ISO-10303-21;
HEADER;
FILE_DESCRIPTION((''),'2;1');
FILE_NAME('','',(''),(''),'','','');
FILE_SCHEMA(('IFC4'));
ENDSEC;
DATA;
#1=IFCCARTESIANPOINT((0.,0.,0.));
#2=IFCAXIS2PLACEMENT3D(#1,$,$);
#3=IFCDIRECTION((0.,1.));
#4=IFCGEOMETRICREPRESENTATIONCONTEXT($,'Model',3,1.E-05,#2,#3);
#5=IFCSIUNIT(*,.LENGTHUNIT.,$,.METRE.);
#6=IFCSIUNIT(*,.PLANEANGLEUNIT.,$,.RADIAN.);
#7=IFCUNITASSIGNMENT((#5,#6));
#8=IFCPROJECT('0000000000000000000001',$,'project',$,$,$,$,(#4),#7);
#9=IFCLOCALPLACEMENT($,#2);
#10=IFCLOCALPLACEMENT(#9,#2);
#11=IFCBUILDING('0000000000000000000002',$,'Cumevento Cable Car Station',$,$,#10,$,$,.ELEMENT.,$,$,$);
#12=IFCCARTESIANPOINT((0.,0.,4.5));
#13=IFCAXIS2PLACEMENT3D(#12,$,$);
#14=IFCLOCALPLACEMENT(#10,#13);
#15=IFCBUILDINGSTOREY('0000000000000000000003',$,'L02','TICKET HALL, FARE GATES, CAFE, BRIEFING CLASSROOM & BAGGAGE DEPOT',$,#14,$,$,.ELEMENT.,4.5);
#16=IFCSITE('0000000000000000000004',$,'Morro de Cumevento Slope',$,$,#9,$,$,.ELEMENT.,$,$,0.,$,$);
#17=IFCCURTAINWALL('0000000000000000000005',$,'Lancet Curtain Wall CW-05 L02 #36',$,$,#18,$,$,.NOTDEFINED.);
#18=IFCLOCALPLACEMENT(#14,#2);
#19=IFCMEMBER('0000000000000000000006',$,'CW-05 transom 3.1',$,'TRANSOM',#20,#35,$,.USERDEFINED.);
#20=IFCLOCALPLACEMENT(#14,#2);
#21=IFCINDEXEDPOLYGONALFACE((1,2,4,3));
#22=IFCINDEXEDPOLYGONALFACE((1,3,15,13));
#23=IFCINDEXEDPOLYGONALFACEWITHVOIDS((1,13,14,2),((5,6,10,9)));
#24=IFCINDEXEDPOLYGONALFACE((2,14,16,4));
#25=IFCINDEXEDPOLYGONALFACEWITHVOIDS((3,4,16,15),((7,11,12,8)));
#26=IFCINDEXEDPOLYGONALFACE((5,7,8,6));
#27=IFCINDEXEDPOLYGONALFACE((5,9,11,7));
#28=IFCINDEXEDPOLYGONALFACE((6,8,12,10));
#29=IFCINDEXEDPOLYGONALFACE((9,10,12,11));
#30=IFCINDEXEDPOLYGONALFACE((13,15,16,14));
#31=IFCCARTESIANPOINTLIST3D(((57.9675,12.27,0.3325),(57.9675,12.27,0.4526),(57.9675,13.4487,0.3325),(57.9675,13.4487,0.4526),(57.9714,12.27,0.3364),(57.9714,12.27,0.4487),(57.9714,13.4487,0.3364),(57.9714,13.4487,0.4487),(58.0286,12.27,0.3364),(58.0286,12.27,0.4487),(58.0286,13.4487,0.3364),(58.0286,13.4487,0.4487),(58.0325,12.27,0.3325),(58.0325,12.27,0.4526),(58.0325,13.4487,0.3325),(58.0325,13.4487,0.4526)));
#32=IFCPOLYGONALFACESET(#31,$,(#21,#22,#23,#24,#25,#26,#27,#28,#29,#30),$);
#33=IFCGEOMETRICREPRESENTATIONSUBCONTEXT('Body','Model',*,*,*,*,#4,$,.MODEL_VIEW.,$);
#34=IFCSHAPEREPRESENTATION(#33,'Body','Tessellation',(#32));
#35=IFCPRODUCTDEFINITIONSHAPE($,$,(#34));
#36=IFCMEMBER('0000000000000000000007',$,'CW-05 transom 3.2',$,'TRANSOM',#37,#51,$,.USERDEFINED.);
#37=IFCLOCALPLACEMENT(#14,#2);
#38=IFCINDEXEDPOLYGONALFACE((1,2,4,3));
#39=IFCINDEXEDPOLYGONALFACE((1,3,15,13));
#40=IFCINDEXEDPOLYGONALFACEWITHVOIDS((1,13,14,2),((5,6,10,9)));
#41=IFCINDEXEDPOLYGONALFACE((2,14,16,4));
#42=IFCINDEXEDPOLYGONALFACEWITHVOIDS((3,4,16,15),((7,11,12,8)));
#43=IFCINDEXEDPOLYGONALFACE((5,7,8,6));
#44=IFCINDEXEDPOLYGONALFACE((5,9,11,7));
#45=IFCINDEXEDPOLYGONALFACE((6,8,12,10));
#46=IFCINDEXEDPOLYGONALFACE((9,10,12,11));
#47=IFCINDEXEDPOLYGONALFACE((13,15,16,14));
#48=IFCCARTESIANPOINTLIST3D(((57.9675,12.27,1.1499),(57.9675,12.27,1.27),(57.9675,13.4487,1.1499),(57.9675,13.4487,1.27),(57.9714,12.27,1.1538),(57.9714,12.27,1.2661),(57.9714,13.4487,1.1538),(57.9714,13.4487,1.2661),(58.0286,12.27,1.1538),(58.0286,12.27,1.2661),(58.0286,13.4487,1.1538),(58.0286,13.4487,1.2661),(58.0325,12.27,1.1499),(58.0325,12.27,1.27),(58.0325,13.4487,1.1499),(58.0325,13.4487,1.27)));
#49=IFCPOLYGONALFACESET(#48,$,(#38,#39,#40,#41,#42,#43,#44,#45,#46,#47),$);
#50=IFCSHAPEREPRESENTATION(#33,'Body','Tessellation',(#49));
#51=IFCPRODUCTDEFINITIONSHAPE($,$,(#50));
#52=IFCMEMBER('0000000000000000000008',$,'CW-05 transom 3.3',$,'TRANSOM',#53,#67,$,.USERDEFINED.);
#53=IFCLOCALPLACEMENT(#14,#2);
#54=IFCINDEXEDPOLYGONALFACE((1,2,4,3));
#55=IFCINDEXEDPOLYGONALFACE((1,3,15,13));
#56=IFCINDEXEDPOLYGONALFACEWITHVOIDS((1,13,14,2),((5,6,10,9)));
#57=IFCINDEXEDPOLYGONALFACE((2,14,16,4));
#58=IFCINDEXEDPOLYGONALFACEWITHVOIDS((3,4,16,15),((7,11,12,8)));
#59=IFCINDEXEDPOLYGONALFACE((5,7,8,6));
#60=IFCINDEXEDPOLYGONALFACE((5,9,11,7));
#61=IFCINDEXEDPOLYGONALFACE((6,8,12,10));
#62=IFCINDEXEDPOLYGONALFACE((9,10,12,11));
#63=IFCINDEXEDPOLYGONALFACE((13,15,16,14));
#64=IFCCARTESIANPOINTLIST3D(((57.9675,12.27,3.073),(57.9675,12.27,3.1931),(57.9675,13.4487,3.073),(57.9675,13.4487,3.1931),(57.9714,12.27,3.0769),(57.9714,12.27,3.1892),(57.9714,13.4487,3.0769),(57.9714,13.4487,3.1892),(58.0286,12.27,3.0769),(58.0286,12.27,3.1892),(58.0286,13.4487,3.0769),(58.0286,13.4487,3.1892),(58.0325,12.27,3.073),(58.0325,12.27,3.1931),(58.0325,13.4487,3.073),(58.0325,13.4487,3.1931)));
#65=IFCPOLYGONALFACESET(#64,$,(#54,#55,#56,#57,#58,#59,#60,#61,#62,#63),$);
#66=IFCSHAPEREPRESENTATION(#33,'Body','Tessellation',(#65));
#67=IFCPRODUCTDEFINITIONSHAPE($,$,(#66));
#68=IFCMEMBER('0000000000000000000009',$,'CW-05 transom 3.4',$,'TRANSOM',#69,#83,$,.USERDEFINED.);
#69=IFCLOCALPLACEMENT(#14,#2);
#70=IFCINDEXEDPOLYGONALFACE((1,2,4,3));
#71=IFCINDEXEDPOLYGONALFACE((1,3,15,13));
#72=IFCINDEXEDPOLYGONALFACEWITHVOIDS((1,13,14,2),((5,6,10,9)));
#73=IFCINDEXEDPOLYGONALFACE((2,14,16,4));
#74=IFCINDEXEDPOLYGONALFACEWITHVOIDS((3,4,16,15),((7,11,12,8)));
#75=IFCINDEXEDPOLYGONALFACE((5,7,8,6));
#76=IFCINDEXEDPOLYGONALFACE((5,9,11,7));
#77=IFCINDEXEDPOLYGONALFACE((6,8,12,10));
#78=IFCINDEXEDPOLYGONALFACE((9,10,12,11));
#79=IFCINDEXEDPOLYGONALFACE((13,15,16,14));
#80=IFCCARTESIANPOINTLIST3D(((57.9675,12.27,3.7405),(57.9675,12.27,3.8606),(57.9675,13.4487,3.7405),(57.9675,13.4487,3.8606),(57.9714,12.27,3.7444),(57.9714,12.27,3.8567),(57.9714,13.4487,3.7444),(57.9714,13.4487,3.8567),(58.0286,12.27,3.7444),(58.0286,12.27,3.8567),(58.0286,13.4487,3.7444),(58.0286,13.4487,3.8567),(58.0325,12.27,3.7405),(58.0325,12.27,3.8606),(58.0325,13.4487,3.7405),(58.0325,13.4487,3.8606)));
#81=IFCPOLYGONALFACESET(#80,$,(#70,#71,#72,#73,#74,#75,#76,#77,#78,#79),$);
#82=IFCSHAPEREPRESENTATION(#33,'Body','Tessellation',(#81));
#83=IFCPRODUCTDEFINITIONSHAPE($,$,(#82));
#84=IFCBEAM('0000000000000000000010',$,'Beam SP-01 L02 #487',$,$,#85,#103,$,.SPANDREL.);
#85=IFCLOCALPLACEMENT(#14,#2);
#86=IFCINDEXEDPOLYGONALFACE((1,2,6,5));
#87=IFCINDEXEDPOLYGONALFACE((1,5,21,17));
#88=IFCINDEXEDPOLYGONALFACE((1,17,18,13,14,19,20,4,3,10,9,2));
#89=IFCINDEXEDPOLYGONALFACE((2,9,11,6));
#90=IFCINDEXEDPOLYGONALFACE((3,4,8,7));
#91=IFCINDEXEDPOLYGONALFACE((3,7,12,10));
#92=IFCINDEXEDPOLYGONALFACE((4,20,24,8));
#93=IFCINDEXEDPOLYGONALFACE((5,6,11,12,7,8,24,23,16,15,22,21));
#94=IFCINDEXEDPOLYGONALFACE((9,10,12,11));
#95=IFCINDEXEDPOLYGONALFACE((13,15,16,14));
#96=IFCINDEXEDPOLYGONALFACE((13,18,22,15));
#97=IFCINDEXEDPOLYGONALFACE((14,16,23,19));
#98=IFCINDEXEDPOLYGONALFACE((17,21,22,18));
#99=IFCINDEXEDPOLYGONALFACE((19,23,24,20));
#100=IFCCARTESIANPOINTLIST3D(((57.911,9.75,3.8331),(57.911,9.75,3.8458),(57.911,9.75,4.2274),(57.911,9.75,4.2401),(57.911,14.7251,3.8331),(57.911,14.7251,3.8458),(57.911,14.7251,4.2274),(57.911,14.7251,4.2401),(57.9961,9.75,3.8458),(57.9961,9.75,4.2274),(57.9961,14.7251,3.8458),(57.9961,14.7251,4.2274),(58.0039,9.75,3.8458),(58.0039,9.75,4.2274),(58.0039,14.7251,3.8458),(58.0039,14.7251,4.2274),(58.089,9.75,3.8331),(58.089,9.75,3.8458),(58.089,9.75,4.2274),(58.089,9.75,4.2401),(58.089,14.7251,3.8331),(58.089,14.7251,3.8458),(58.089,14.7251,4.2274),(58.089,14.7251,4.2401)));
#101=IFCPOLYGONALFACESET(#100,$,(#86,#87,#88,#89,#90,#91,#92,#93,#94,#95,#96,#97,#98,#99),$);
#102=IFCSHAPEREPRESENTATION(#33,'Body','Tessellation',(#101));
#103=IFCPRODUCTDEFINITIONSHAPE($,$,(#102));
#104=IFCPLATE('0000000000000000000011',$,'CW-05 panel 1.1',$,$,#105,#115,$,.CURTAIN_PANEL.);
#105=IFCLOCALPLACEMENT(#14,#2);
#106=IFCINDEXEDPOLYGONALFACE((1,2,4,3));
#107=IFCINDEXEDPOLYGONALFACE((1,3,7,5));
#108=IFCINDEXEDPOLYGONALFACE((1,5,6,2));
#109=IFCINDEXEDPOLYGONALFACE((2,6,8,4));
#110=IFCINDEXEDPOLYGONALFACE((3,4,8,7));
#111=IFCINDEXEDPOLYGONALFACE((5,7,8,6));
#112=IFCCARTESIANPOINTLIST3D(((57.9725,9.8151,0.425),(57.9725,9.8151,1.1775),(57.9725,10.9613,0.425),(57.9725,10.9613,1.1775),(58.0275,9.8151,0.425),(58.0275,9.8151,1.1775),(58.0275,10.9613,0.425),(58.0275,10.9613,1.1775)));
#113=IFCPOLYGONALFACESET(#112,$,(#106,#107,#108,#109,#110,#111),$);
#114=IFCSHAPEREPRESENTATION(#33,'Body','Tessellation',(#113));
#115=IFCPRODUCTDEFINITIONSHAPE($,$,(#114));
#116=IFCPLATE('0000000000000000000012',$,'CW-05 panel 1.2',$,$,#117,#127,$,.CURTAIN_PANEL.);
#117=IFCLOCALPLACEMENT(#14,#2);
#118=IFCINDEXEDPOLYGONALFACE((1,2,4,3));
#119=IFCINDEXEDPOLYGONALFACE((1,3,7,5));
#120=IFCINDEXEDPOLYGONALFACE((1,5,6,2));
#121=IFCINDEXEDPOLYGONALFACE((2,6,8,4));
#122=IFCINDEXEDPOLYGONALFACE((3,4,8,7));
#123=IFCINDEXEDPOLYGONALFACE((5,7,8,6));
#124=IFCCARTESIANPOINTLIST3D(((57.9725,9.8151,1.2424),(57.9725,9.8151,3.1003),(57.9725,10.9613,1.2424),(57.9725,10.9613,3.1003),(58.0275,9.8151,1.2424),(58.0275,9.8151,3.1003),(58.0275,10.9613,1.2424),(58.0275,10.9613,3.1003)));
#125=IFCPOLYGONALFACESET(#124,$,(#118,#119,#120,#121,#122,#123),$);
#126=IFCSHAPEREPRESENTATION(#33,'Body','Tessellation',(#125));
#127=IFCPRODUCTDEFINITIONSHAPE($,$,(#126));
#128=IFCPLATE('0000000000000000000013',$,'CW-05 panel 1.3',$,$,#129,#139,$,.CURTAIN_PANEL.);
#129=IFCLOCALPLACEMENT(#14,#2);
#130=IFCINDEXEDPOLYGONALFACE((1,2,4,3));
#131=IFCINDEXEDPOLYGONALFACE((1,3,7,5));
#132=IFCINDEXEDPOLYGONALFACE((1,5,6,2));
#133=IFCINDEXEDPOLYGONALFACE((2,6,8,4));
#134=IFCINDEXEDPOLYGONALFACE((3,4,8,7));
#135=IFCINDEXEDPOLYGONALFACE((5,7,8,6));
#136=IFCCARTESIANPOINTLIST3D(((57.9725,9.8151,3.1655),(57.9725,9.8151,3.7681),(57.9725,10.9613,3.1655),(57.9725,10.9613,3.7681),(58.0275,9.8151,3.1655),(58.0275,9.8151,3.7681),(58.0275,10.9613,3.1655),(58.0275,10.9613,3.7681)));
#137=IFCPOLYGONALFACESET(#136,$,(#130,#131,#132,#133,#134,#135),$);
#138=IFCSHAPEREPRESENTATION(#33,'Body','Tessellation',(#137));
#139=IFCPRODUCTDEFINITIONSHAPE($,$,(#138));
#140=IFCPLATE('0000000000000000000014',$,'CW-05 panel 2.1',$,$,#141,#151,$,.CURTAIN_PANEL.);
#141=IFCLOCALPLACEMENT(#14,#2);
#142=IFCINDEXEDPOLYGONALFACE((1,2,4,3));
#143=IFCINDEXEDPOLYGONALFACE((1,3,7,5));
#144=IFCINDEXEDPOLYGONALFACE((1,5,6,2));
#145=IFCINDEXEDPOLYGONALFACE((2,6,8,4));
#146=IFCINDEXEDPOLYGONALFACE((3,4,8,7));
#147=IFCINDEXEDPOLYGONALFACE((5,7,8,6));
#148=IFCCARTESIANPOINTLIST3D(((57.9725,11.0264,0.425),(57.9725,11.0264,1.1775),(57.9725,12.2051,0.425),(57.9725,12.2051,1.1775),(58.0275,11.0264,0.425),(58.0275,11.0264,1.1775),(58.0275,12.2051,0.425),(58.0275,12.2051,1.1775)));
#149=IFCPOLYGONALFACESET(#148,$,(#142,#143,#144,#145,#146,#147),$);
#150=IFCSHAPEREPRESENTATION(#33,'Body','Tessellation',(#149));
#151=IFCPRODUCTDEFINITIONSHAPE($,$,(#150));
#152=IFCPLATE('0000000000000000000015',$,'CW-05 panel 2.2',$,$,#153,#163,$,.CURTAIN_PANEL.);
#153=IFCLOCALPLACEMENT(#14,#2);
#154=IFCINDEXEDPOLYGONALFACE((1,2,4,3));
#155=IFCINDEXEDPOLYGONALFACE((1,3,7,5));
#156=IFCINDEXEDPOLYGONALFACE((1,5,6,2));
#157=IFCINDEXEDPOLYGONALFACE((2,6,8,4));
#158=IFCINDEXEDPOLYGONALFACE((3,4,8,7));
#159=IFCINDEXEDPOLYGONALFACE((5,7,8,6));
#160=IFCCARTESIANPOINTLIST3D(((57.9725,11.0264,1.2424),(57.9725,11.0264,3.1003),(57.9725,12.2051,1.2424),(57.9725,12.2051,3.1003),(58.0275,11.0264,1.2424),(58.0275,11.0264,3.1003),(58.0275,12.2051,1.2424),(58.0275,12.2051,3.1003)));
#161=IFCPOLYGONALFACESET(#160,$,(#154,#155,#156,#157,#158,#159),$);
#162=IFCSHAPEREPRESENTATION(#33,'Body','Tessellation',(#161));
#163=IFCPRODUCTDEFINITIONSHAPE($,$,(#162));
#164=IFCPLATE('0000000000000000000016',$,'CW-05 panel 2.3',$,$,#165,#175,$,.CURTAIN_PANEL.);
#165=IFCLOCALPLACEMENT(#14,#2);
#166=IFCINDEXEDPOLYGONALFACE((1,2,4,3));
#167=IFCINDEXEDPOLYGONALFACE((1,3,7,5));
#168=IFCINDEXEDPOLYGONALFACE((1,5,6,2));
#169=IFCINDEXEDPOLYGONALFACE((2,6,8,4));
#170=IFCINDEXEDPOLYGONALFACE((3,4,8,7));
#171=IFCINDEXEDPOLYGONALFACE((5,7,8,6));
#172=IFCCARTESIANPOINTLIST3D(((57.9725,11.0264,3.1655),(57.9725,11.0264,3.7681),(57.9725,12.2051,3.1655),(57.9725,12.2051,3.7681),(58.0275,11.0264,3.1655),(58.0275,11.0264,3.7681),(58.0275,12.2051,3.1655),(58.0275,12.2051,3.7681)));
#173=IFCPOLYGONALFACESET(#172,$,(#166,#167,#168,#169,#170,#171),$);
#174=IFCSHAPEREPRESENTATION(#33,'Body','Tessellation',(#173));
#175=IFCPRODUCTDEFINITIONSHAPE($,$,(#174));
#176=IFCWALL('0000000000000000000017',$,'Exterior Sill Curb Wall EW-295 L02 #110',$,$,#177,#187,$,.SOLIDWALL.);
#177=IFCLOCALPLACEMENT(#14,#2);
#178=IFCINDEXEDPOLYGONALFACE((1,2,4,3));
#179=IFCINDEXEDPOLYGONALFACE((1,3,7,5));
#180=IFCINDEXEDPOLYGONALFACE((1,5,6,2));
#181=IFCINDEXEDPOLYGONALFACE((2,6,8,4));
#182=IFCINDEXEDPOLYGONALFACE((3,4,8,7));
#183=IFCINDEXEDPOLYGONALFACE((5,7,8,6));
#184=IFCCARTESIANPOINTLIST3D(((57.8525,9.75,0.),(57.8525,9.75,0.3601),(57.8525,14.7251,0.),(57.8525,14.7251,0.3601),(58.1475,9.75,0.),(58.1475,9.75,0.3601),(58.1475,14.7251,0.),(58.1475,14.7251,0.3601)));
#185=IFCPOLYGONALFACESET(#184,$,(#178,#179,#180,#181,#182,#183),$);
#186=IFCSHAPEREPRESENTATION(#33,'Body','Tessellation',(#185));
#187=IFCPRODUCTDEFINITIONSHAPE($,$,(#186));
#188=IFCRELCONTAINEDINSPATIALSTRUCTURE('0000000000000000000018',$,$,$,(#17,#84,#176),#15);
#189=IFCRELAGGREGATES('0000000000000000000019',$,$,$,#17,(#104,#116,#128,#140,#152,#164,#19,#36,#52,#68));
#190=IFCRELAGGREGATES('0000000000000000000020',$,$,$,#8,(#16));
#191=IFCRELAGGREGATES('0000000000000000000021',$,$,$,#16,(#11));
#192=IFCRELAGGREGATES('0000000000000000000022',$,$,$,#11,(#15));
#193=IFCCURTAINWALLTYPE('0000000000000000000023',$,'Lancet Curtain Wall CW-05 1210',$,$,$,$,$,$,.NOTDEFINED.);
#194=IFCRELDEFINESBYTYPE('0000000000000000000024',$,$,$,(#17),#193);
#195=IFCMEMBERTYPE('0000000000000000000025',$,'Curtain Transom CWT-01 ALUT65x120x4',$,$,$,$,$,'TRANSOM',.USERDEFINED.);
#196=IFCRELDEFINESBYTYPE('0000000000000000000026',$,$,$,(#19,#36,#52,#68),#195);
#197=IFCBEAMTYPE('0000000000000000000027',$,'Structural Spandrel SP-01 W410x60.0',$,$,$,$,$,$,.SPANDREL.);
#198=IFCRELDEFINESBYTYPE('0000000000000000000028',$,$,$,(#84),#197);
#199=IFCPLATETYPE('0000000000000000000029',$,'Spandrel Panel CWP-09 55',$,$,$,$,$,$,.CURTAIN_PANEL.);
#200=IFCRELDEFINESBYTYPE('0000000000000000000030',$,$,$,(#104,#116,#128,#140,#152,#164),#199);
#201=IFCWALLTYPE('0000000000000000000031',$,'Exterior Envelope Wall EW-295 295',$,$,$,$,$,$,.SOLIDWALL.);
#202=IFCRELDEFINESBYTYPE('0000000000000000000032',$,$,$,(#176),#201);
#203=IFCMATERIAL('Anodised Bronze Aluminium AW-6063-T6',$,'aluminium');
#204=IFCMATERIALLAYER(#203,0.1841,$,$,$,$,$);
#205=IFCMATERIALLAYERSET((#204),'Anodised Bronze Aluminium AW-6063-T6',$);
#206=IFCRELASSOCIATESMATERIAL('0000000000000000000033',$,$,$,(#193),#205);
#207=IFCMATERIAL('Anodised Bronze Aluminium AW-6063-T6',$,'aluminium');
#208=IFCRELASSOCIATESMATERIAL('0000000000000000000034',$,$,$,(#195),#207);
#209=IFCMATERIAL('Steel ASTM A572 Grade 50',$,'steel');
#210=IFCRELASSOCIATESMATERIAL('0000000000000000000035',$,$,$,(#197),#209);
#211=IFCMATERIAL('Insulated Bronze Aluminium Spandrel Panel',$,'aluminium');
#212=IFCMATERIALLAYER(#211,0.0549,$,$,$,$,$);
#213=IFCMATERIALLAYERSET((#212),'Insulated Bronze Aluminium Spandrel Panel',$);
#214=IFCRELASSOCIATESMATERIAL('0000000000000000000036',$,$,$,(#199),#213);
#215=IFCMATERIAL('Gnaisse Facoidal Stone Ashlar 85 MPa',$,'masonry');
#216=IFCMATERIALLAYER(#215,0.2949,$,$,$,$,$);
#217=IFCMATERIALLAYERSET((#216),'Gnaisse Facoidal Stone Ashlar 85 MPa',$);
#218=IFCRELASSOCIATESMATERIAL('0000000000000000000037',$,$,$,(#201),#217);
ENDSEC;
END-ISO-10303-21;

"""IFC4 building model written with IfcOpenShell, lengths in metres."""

from ifc_helpers import new_model, si_unit, direction, frame, frame_2d, origin, origin_2d, place, context, subcontext, project, spatial, rectangle, hollow_rectangle, i_section, extrude, material, layer, layer_set, material_profile, profile_set, type_object, element, aggregate, save


model = new_model("IFC4")

# Units and contexts
model_context = context("Model", 3, precision=1e-05, world=origin(), true_north=direction((0.0, 1.0)))
body_context = subcontext(model_context, "Body", "Model", "MODEL_VIEW")
ifc_project = project(units=[si_unit("LENGTHUNIT", "METRE"), si_unit("PLANEANGLEUNIT", "RADIAN")], contexts=[model_context])

# Site, building, storey
site_placement = place(None, origin())
site = spatial("IfcSite", under=ifc_project, at=site_placement, Name="Morro de Cumevento Slope", CompositionType="ELEMENT", RefElevation=0.0)
building_placement = place(site_placement, origin())
building = spatial("IfcBuilding", under=site, at=building_placement, Name="Cumevento Cable Car Station", CompositionType="ELEMENT")
storey_placement = place(building_placement, frame((0.0, 0.0, 4.5)))
storey = spatial("IfcBuildingStorey", under=building, at=storey_placement, Name="L02", Description="TICKET HALL, FARE GATES, CAFE, BRIEFING CLASSROOM & BAGGAGE DEPOT", CompositionType="ELEMENT", Elevation=4.5)

# Curtain wall, members
ifc_material_1 = material(Name="Anodised Bronze Aluminium AW-6063-T6", Category="aluminium")
ifc_layer_1 = layer(ifc_material_1, 0.1841)
ifc_layer_set_1 = layer_set([ifc_layer_1], Name="Anodised Bronze Aluminium AW-6063-T6")
curtain_wall_type = type_object("IfcCurtainWallType", Name="Lancet Curtain Wall CW-05 1210", PredefinedType="NOTDEFINED", material=ifc_layer_set_1)
curtain_wall_placement = place(storey_placement, origin())
curtain_wall = element("IfcCurtainWall", 1, at=curtain_wall_placement, inside=storey, type_object=curtain_wall_type, Name="Lancet Curtain Wall CW-05 L02 #36", PredefinedType="NOTDEFINED")
ifc_material_2 = material(Name="Anodised Bronze Aluminium AW-6063-T6", Category="aluminium")
ifc_material_profile_1 = material_profile(ifc_material_2, hollow_rectangle(XDim=0.0649, YDim=0.1201, WallThickness=0.0039, at=origin_2d()), Name="ALUT65x120x4")
ifc_profile_set_1 = profile_set([ifc_material_profile_1], Name="Anodised Bronze Aluminium AW-6063-T6")
member_type_1 = type_object("IfcMemberType", Name="Curtain Transom CWT-01 ALUT65x120x4", ElementType="TRANSOM", PredefinedType="USERDEFINED", material=ifc_profile_set_1)
member_1_placement = place(storey_placement, frame((58.0, 12.27, 0.3926), z_axis=(0.0, 1.0, 0.0), x_axis=(-1.0, 0.0, 0.0)))
member_1 = element("IfcMember", 2, at=member_1_placement, type_object=member_type_1, Name="CW-05 transom 3.1", ObjectType="TRANSOM", PredefinedType="USERDEFINED", context=body_context, shape_type="SweptSolid", body=[
    extrude(hollow_rectangle(XDim=0.0649, YDim=0.1201, WallThickness=0.0039, at=origin_2d()), origin(), (0.0, 0.0, 1.0), 1.1787),
])
member_2_placement = place(storey_placement, frame((58.0, 12.27, 1.21), z_axis=(0.0, 1.0, 0.0), x_axis=(-1.0, 0.0, 0.0)))
member_2 = element("IfcMember", 3, at=member_2_placement, type_object=member_type_1, Name="CW-05 transom 3.2", ObjectType="TRANSOM", PredefinedType="USERDEFINED", context=body_context, shape_type="SweptSolid", body=[
    extrude(hollow_rectangle(XDim=0.0649, YDim=0.1201, WallThickness=0.0039, at=origin_2d()), origin(), (0.0, 0.0, 1.0), 1.1787),
])
member_3_placement = place(storey_placement, frame((58.0, 12.27, 3.1331), z_axis=(0.0, 1.0, 0.0), x_axis=(-1.0, 0.0, 0.0)))
member_3 = element("IfcMember", 4, at=member_3_placement, type_object=member_type_1, Name="CW-05 transom 3.3", ObjectType="TRANSOM", PredefinedType="USERDEFINED", context=body_context, shape_type="SweptSolid", body=[
    extrude(hollow_rectangle(XDim=0.0649, YDim=0.1201, WallThickness=0.0039, at=origin_2d()), origin(), (0.0, 0.0, 1.0), 1.1787),
])
member_4_placement = place(storey_placement, frame((58.0, 12.27, 3.8005), z_axis=(0.0, 1.0, 0.0), x_axis=(-1.0, 0.0, 0.0)))
member_4 = element("IfcMember", 5, at=member_4_placement, type_object=member_type_1, Name="CW-05 transom 3.4", ObjectType="TRANSOM", PredefinedType="USERDEFINED", context=body_context, shape_type="SweptSolid", body=[
    extrude(hollow_rectangle(XDim=0.0649, YDim=0.1201, WallThickness=0.0039, at=origin_2d()), origin(), (0.0, 0.0, 1.0), 1.1787),
])

# Beam
ifc_material_3 = material(Name="Steel ASTM A572 Grade 50", Category="steel")
ifc_material_profile_2 = material_profile(ifc_material_3, i_section(OverallWidth=0.178, OverallDepth=0.407, WebThickness=0.0078, FlangeThickness=0.0127, at=origin_2d()), Name="W410x60.0")
ifc_profile_set_2 = profile_set([ifc_material_profile_2], Name="Steel ASTM A572 Grade 50")
beam_type = type_object("IfcBeamType", Name="Structural Spandrel SP-01 W410x60.0", PredefinedType="SPANDREL", material=ifc_profile_set_2)
beam_placement = place(storey_placement, frame((58.0, 9.75, 4.0366), z_axis=(0.0, 1.0, 0.0), x_axis=(-1.0, 0.0, 0.0)))
element("IfcBeam", 6, at=beam_placement, inside=storey, type_object=beam_type, Name="Beam SP-01 L02 #487", PredefinedType="SPANDREL", context=body_context, shape_type="SweptSolid", body=[
    extrude(i_section(OverallWidth=0.178, OverallDepth=0.407, WebThickness=0.0078, FlangeThickness=0.0127, at=origin_2d()), origin(), (0.0, 0.0, 1.0), 4.9751),
])

# Plates
ifc_material_4 = material(Name="Insulated Bronze Aluminium Spandrel Panel", Category="aluminium")
ifc_layer_2 = layer(ifc_material_4, 0.0549)
ifc_layer_set_2 = layer_set([ifc_layer_2], Name="Insulated Bronze Aluminium Spandrel Panel")
plate_type = type_object("IfcPlateType", Name="Spandrel Panel CWP-09 55", PredefinedType="CURTAIN_PANEL", material=ifc_layer_set_2)
plate_1_placement = place(storey_placement, frame((58.0, 10.3882, 0.425), z_axis=(0.0, 0.0, 1.0), x_axis=(0.0, 1.0, 0.0)))
plate_1 = element("IfcPlate", 7, at=plate_1_placement, type_object=plate_type, Name="CW-05 panel 1.1", PredefinedType="CURTAIN_PANEL", context=body_context, shape_type="SweptSolid", body=[
    extrude(rectangle(XDim=1.1462, YDim=0.0549, at=origin_2d()), origin(), (0.0, 0.0, 1.0), 0.7524),
])
plate_2_placement = place(storey_placement, frame((58.0, 10.3882, 1.2424), z_axis=(0.0, 0.0, 1.0), x_axis=(0.0, 1.0, 0.0)))
plate_2 = element("IfcPlate", 8, at=plate_2_placement, type_object=plate_type, Name="CW-05 panel 1.2", PredefinedType="CURTAIN_PANEL", context=body_context, shape_type="SweptSolid", body=[
    extrude(rectangle(XDim=1.1462, YDim=0.0549, at=origin_2d()), origin(), (0.0, 0.0, 1.0), 1.8579),
])
plate_3_placement = place(storey_placement, frame((58.0, 10.3882, 3.1655), z_axis=(0.0, 0.0, 1.0), x_axis=(0.0, 1.0, 0.0)))
plate_3 = element("IfcPlate", 9, at=plate_3_placement, type_object=plate_type, Name="CW-05 panel 1.3", PredefinedType="CURTAIN_PANEL", context=body_context, shape_type="SweptSolid", body=[
    extrude(rectangle(XDim=1.1462, YDim=0.0549, at=origin_2d()), origin(), (0.0, 0.0, 1.0), 0.6025),
])
plate_4_placement = place(storey_placement, frame((58.0, 11.6157, 0.425), z_axis=(0.0, 0.0, 1.0), x_axis=(0.0, 1.0, 0.0)))
plate_4 = element("IfcPlate", 10, at=plate_4_placement, type_object=plate_type, Name="CW-05 panel 2.1", PredefinedType="CURTAIN_PANEL", context=body_context, shape_type="SweptSolid", body=[
    extrude(rectangle(XDim=1.1787, YDim=0.0549, at=origin_2d()), origin(), (0.0, 0.0, 1.0), 0.7524),
])
plate_5_placement = place(storey_placement, frame((58.0, 11.6157, 1.2424), z_axis=(0.0, 0.0, 1.0), x_axis=(0.0, 1.0, 0.0)))
plate_5 = element("IfcPlate", 11, at=plate_5_placement, type_object=plate_type, Name="CW-05 panel 2.2", PredefinedType="CURTAIN_PANEL", context=body_context, shape_type="SweptSolid", body=[
    extrude(rectangle(XDim=1.1787, YDim=0.0549, at=origin_2d()), origin(), (0.0, 0.0, 1.0), 1.8579),
])
plate_6_placement = place(storey_placement, frame((58.0, 11.6157, 3.1655), z_axis=(0.0, 0.0, 1.0), x_axis=(0.0, 1.0, 0.0)))
plate_6 = element("IfcPlate", 12, at=plate_6_placement, type_object=plate_type, Name="CW-05 panel 2.3", PredefinedType="CURTAIN_PANEL", context=body_context, shape_type="SweptSolid", body=[
    extrude(rectangle(XDim=1.1787, YDim=0.0549, at=origin_2d()), origin(), (0.0, 0.0, 1.0), 0.6025),
])
aggregate(curtain_wall, [plate_1, plate_2, plate_3, plate_4, plate_5, plate_6, member_1, member_2, member_3, member_4])

# Wall
ifc_material_5 = material(Name="Gnaisse Facoidal Stone Ashlar 85 MPa", Category="masonry")
ifc_layer_3 = layer(ifc_material_5, 0.2949)
ifc_layer_set_3 = layer_set([ifc_layer_3], Name="Gnaisse Facoidal Stone Ashlar 85 MPa")
wall_type = type_object("IfcWallType", Name="Exterior Envelope Wall EW-295 295", PredefinedType="SOLIDWALL", material=ifc_layer_set_3)
wall_placement = place(storey_placement, frame((58.0, 9.75, 0.0), z_axis=(0.0, 0.0, 1.0), x_axis=(0.0, 1.0, 0.0)))
element("IfcWall", 13, at=wall_placement, inside=storey, type_object=wall_type, Name="Exterior Sill Curb Wall EW-295 L02 #110", PredefinedType="SOLIDWALL", context=body_context, shape_type="SweptSolid", body=[
    extrude(rectangle(XDim=4.9751, YDim=0.2949, at=frame_2d((2.4875, 0.0))), origin(), (0.0, 0.0, 1.0), 0.3601),
])

save(model, "model.ifc")
